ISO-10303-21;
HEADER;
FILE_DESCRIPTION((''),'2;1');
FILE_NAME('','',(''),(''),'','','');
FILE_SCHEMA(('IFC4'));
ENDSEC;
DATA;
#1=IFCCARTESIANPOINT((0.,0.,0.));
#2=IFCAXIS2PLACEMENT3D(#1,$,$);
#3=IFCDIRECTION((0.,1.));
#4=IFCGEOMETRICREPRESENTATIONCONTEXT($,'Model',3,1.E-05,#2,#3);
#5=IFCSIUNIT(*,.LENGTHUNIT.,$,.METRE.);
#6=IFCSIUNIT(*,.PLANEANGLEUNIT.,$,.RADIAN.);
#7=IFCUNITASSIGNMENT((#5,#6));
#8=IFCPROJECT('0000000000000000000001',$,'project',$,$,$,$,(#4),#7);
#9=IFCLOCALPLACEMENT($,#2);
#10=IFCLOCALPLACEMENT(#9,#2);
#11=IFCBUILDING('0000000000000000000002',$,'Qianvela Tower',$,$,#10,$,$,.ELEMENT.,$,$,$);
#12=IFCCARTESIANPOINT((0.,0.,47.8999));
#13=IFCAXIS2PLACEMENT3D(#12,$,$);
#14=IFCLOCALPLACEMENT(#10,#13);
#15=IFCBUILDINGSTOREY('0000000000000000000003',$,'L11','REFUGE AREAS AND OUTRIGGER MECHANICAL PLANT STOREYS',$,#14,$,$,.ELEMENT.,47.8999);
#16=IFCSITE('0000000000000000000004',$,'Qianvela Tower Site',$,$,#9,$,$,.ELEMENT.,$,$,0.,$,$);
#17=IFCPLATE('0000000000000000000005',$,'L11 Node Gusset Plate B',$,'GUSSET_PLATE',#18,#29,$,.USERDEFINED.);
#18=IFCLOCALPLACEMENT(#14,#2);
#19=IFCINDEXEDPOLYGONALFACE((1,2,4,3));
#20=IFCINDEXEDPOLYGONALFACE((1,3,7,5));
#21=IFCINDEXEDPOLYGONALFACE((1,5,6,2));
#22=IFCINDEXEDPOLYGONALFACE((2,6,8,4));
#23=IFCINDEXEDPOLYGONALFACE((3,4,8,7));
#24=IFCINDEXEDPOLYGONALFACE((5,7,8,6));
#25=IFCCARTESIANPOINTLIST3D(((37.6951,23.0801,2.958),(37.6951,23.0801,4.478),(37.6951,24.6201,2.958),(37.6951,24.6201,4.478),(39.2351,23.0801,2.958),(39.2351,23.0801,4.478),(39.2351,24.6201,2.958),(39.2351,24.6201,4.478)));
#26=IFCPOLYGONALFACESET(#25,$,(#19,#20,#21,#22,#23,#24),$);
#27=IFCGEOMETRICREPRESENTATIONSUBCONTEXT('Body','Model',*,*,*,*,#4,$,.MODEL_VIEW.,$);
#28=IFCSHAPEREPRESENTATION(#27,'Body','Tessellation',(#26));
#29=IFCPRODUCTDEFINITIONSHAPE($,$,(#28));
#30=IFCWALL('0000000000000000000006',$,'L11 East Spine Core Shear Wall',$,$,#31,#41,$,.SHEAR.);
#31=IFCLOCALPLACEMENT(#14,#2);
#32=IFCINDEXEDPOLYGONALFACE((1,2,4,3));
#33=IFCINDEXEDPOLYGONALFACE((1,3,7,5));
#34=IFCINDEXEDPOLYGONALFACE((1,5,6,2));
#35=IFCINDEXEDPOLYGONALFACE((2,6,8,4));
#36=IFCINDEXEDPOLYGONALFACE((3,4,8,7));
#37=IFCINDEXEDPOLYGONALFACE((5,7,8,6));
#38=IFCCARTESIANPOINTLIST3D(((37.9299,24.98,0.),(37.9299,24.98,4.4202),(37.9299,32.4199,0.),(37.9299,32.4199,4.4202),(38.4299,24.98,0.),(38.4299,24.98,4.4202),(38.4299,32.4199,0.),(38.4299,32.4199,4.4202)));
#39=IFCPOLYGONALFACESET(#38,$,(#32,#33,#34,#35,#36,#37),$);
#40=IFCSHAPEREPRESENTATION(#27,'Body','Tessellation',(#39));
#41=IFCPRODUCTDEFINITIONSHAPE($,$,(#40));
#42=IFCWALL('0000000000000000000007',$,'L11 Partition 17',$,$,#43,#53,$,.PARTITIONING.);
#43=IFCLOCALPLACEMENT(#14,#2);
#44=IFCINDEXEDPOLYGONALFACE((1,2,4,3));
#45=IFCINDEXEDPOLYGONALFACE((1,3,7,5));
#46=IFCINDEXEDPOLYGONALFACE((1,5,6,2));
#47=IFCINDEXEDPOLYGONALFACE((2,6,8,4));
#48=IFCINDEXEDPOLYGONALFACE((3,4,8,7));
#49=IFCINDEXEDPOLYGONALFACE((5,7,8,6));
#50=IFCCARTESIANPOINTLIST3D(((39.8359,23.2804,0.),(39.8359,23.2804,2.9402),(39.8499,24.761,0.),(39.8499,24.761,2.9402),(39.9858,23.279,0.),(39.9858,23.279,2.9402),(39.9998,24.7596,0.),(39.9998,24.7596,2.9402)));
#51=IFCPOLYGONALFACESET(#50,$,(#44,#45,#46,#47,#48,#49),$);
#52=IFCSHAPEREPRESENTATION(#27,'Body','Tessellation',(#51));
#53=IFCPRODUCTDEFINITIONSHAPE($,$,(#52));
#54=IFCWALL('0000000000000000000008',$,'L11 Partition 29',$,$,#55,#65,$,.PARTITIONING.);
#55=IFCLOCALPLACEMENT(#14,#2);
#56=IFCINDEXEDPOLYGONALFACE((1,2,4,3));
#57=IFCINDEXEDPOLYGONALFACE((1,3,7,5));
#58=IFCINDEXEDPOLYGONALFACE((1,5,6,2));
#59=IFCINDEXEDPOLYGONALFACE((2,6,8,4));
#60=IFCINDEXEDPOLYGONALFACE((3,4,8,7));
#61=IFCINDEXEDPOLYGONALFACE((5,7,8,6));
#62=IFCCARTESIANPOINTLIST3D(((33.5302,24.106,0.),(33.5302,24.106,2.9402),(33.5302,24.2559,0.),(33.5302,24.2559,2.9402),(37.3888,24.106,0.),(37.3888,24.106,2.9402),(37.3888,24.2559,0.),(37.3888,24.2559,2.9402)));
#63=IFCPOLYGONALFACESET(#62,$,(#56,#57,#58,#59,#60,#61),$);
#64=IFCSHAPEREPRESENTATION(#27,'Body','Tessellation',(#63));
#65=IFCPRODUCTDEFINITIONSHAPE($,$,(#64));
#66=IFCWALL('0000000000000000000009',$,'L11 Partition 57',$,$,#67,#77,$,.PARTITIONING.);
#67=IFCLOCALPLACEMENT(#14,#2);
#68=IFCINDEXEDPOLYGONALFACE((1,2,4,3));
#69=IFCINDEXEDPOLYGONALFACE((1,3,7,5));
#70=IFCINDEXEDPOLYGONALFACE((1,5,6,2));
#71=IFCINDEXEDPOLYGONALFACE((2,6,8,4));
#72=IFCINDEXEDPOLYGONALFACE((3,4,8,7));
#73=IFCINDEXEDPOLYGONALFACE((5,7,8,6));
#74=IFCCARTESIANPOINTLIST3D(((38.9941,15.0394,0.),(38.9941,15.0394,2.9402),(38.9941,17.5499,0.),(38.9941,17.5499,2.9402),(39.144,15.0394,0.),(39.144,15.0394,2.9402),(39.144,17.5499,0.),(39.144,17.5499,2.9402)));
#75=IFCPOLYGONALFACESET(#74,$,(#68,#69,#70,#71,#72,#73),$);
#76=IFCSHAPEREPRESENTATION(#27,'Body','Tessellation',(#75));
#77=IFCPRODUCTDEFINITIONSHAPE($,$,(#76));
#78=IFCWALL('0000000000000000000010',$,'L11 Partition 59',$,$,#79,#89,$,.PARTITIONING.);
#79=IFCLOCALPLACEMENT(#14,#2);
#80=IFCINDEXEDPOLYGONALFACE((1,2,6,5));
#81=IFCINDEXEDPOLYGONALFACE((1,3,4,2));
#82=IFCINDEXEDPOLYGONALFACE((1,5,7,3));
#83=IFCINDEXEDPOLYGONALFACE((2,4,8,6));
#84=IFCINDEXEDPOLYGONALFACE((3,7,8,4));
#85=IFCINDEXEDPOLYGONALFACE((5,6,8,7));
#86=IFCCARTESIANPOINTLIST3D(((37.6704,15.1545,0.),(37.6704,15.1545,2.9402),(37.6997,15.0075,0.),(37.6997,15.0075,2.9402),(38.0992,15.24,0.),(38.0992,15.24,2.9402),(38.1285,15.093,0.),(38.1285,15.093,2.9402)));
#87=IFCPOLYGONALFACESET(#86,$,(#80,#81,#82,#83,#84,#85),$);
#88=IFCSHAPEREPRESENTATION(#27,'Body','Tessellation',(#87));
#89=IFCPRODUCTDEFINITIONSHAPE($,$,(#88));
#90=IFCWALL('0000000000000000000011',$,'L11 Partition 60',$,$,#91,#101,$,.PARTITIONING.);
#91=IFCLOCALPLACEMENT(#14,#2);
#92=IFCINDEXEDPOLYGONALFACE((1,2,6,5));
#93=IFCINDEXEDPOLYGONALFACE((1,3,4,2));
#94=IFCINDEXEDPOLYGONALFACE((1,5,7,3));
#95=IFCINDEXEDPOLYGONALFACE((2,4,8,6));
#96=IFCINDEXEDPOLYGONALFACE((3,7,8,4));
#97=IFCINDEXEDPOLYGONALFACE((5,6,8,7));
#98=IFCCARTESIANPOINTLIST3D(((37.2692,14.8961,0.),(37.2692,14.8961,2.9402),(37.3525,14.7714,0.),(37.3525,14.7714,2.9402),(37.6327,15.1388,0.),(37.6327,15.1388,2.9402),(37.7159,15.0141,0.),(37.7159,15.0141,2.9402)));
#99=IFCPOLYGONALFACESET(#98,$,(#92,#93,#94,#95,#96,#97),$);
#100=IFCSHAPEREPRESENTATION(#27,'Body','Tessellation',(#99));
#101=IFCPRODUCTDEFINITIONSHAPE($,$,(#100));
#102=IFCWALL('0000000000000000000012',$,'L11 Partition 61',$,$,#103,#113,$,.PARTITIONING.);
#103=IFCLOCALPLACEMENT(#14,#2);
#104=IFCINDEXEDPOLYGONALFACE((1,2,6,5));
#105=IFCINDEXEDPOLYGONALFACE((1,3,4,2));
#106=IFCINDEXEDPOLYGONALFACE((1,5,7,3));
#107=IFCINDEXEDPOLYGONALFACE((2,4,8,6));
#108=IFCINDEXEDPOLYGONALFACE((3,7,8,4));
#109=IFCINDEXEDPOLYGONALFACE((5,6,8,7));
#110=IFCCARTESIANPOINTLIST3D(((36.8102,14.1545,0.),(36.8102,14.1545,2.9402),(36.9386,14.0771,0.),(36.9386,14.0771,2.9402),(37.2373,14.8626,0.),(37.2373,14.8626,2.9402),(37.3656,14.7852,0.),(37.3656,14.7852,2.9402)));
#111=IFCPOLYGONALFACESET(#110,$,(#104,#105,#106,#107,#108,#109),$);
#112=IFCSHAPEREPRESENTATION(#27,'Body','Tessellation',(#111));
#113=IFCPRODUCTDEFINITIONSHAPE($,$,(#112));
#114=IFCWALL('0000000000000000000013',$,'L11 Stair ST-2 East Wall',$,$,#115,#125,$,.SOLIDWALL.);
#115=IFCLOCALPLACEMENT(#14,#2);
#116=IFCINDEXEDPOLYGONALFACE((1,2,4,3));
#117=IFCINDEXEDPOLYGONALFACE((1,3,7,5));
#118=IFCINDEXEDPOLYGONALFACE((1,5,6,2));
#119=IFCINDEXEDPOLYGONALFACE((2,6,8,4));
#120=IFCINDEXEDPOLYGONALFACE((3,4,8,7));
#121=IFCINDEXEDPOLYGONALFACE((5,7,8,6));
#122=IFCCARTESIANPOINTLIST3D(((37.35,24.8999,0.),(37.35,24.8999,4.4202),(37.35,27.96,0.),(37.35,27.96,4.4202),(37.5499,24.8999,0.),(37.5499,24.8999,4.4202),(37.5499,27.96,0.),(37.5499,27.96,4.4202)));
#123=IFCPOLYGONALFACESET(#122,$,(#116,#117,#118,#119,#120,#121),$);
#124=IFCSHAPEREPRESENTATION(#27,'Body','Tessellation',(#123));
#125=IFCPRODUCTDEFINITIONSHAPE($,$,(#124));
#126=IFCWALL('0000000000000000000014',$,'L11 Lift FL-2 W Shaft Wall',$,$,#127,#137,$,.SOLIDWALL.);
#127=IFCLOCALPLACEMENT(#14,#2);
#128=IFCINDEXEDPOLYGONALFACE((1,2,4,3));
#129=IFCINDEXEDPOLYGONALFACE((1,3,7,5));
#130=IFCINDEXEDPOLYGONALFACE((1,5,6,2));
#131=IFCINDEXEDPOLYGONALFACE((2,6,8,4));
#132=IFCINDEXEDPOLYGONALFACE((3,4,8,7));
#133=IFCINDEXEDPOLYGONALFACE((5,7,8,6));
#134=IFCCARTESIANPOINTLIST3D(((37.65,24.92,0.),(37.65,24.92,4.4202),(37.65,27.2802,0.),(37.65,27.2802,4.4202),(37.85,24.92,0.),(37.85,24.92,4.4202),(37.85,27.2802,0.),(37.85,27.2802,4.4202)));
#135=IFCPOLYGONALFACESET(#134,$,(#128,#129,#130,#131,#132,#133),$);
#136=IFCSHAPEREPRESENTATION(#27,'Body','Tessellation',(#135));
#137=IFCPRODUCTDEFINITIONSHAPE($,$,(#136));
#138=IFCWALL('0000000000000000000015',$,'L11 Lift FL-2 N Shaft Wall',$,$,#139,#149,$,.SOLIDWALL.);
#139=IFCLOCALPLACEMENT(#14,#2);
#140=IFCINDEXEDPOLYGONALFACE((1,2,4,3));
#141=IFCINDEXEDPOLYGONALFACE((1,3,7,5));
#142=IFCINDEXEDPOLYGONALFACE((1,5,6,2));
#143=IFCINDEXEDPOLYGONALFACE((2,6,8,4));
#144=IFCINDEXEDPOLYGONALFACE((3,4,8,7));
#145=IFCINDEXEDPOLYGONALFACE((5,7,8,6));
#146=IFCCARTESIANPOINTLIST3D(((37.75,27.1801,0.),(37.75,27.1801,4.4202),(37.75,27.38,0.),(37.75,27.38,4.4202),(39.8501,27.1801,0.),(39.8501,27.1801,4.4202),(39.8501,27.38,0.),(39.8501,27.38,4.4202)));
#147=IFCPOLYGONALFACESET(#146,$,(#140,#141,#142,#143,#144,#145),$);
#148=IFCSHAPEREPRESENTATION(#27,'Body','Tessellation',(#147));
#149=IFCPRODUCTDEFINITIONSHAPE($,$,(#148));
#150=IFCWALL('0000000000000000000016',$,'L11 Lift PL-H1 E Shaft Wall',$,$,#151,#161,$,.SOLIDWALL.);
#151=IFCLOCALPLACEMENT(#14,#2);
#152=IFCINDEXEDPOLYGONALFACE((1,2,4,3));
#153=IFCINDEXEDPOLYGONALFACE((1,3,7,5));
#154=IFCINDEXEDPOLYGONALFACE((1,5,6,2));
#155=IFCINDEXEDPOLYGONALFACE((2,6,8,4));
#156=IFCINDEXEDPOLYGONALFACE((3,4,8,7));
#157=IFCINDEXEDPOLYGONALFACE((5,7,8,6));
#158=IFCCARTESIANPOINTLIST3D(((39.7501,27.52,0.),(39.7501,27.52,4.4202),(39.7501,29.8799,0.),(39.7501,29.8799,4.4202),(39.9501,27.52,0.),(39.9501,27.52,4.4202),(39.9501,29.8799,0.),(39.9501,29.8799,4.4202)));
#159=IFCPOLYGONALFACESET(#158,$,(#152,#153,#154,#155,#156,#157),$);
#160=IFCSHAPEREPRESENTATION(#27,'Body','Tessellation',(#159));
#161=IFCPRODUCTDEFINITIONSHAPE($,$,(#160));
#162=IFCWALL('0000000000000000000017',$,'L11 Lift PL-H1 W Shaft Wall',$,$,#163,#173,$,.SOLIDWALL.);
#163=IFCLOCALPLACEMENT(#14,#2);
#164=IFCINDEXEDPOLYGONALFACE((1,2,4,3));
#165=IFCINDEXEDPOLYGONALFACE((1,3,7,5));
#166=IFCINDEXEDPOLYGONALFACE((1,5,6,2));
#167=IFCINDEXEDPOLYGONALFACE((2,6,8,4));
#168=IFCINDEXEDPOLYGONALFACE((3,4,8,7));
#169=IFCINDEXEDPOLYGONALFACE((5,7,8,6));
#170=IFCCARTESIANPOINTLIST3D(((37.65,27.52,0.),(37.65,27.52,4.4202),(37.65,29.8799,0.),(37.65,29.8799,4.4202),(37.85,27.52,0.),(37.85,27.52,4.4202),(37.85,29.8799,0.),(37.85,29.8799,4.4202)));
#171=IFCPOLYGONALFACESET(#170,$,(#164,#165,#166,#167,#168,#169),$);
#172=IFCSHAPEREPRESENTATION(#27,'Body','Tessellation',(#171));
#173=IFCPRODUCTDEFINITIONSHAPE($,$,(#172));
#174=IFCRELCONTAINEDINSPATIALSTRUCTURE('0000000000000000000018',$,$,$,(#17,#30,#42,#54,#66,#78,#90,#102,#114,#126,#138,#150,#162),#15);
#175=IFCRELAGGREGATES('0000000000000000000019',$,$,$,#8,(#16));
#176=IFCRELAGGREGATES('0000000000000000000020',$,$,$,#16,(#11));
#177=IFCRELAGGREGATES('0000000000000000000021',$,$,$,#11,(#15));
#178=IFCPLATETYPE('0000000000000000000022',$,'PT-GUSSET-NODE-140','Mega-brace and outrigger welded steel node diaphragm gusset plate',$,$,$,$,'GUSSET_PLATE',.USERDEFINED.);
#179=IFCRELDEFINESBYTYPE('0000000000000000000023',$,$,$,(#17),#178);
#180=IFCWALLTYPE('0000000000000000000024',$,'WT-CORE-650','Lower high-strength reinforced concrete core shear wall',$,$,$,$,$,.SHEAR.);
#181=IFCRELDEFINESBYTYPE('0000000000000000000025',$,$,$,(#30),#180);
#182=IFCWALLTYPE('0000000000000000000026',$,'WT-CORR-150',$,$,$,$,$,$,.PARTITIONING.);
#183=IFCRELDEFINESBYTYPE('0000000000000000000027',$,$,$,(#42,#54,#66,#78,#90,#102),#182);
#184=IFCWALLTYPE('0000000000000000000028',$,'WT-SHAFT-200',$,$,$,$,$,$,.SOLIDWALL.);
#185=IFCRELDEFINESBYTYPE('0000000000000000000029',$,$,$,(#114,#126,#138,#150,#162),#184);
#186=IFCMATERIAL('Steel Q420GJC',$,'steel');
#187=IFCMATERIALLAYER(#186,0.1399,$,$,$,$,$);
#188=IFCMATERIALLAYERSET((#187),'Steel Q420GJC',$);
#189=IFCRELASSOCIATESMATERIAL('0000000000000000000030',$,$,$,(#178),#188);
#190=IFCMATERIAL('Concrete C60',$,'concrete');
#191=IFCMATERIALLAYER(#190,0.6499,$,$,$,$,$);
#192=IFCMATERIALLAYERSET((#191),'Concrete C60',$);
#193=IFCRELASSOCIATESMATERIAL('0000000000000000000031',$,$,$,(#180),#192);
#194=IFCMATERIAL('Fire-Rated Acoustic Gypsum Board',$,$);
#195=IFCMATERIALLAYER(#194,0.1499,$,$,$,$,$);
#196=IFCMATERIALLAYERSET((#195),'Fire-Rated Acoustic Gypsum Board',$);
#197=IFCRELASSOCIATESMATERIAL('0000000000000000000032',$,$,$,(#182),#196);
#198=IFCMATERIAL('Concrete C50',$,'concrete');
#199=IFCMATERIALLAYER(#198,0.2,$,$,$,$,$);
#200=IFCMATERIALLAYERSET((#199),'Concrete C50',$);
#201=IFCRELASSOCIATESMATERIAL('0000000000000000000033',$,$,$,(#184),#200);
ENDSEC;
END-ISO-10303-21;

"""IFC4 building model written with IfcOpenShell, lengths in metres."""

from ifc_helpers import new_model, si_unit, direction, frame, frame_2d, origin, origin_2d, place, context, subcontext, project, spatial, rectangle, extrude, material, layer, layer_set, type_object, element, save


model = new_model("IFC4")

# Units and contexts
model_context = context("Model", 3, precision=1e-05, world=origin(), true_north=direction((0.0, 1.0)))
body_context = subcontext(model_context, "Body", "Model", "MODEL_VIEW")
ifc_project = project(units=[si_unit("LENGTHUNIT", "METRE"), si_unit("PLANEANGLEUNIT", "RADIAN")], contexts=[model_context])

# Site, building, storey
site_placement = place(None, origin())
site = spatial("IfcSite", under=ifc_project, at=site_placement, Name="Qianvela Tower Site", CompositionType="ELEMENT", RefElevation=0.0)
building_placement = place(site_placement, origin())
building = spatial("IfcBuilding", under=site, at=building_placement, Name="Qianvela Tower", CompositionType="ELEMENT")
storey_placement = place(building_placement, frame((0.0, 0.0, 47.8999)))
storey = spatial("IfcBuildingStorey", under=building, at=storey_placement, Name="L11", Description="REFUGE AREAS AND OUTRIGGER MECHANICAL PLANT STOREYS", CompositionType="ELEMENT", Elevation=47.8999)

# Plate
ifc_material_1 = material(Name="Steel Q420GJC", Category="steel")
ifc_layer_1 = layer(ifc_material_1, 0.1399)
ifc_layer_set_1 = layer_set([ifc_layer_1], Name="Steel Q420GJC")
plate_type = type_object("IfcPlateType", Name="PT-GUSSET-NODE-140", Description="Mega-brace and outrigger welded steel node diaphragm gusset plate", ElementType="GUSSET_PLATE", PredefinedType="USERDEFINED", material=ifc_layer_set_1)
plate_placement = place(storey_placement, frame((38.4651, 23.8501, 2.958), z_axis=(0.0, 0.0, 1.0), x_axis=(1.0, 0.0, 0.0)))
element("IfcPlate", 1, at=plate_placement, inside=storey, type_object=plate_type, Name="L11 Node Gusset Plate B", ObjectType="GUSSET_PLATE", PredefinedType="USERDEFINED", context=body_context, shape_type="SweptSolid", body=[
    extrude(rectangle(XDim=1.54, YDim=1.54, at=origin_2d()), origin(), (0.0, 0.0, 1.0), 1.52),
])

# Walls
ifc_material_2 = material(Name="Concrete C60", Category="concrete")
ifc_layer_2 = layer(ifc_material_2, 0.6499)
ifc_layer_set_2 = layer_set([ifc_layer_2], Name="Concrete C60")
wall_type_1 = type_object("IfcWallType", Name="WT-CORE-650", Description="Lower high-strength reinforced concrete core shear wall", PredefinedType="SHEAR", material=ifc_layer_set_2)
wall_1_placement = place(storey_placement, frame((38.1799, 24.98, 0.0), z_axis=(0.0, 0.0, 1.0), x_axis=(0.0, 1.0, 0.0)))
element("IfcWall", 2, at=wall_1_placement, inside=storey, type_object=wall_type_1, Name="L11 East Spine Core Shear Wall", PredefinedType="SHEAR", context=body_context, shape_type="SweptSolid", body=[
    extrude(rectangle(XDim=7.4399, YDim=0.5, at=frame_2d((3.72, 0.0))), origin(), (0.0, 0.0, 1.0), 4.4202),
])
ifc_material_3 = material(Name="Fire-Rated Acoustic Gypsum Board")
ifc_layer_3 = layer(ifc_material_3, 0.1499)
ifc_layer_set_3 = layer_set([ifc_layer_3], Name="Fire-Rated Acoustic Gypsum Board")
wall_type_2 = type_object("IfcWallType", Name="WT-CORR-150", PredefinedType="PARTITIONING", material=ifc_layer_set_3)
wall_2_placement = place(storey_placement, frame((39.9109, 23.2798, 0.0), z_axis=(0.0, 0.0, 1.0), x_axis=(0.009398, 0.999956, 0.0)))
element("IfcWall", 3, at=wall_2_placement, inside=storey, type_object=wall_type_2, Name="L11 Partition 17", PredefinedType="PARTITIONING", context=body_context, shape_type="SweptSolid", body=[
    extrude(rectangle(XDim=1.4807, YDim=0.1499, at=frame_2d((0.7402, 0.0))), origin(), (0.0, 0.0, 1.0), 2.9402),
])
wall_3_placement = place(storey_placement, frame((37.3887, 24.1809, 0.0), z_axis=(0.0, 0.0, 1.0), x_axis=(-1.0, 0.0, 0.0)))
element("IfcWall", 4, at=wall_3_placement, inside=storey, type_object=wall_type_2, Name="L11 Partition 29", PredefinedType="PARTITIONING", context=body_context, shape_type="SweptSolid", body=[
    extrude(rectangle(XDim=3.8586, YDim=0.1499, at=frame_2d((1.9292, 0.0))), origin(), (0.0, 0.0, 1.0), 2.9402),
])
wall_4_placement = place(storey_placement, frame((39.0691, 17.55, 0.0), z_axis=(0.0, 0.0, 1.0), x_axis=(0.0, -1.0, 0.0)))
element("IfcWall", 5, at=wall_4_placement, inside=storey, type_object=wall_type_2, Name="L11 Partition 57", PredefinedType="PARTITIONING", context=body_context, shape_type="SweptSolid", body=[
    extrude(rectangle(XDim=2.5105, YDim=0.1499, at=frame_2d((1.2554, 0.0))), origin(), (0.0, 0.0, 1.0), 2.9402),
])
wall_5_placement = place(storey_placement, frame((38.114, 15.1665, 0.0), z_axis=(0.0, 0.0, 1.0), x_axis=(-0.980709, -0.195472, 0.0)))
element("IfcWall", 6, at=wall_5_placement, inside=storey, type_object=wall_type_2, Name="L11 Partition 59", PredefinedType="PARTITIONING", context=body_context, shape_type="SweptSolid", body=[
    extrude(rectangle(XDim=0.4373, YDim=0.1499, at=frame_2d((0.2188, 0.0))), origin(), (0.0, 0.0, 1.0), 2.9402),
])
wall_6_placement = place(storey_placement, frame((37.6743, 15.0764, 0.0), z_axis=(0.0, 0.0, 1.0), x_axis=(-0.831706, -0.555216, 0.0)))
element("IfcWall", 7, at=wall_6_placement, inside=storey, type_object=wall_type_2, Name="L11 Partition 60", PredefinedType="PARTITIONING", context=body_context, shape_type="SweptSolid", body=[
    extrude(rectangle(XDim=0.437, YDim=0.1499, at=frame_2d((0.2185, 0.0))), origin(), (0.0, 0.0, 1.0), 2.9402),
])
wall_7_placement = place(storey_placement, frame((37.3015, 14.824, 0.0), z_axis=(0.0, 0.0, 1.0), x_axis=(-0.516448, -0.856318, 0.0)))
element("IfcWall", 8, at=wall_7_placement, inside=storey, type_object=wall_type_2, Name="L11 Partition 61", PredefinedType="PARTITIONING", context=body_context, shape_type="SweptSolid", body=[
    extrude(rectangle(XDim=0.8269, YDim=0.1499, at=frame_2d((0.4136, 0.0))), origin(), (0.0, 0.0, 1.0), 2.9402),
])
ifc_material_4 = material(Name="Concrete C50", Category="concrete")
ifc_layer_4 = layer(ifc_material_4, 0.2)
ifc_layer_set_4 = layer_set([ifc_layer_4], Name="Concrete C50")
wall_type_3 = type_object("IfcWallType", Name="WT-SHAFT-200", PredefinedType="SOLIDWALL", material=ifc_layer_set_4)
wall_8_placement = place(storey_placement, frame((37.45, 24.8999, 0.0), z_axis=(0.0, 0.0, 1.0), x_axis=(0.0, 1.0, 0.0)))
element("IfcWall", 9, at=wall_8_placement, inside=storey, type_object=wall_type_3, Name="L11 Stair ST-2 East Wall", PredefinedType="SOLIDWALL", context=body_context, shape_type="SweptSolid", body=[
    extrude(rectangle(XDim=3.0601, YDim=0.2, at=frame_2d((1.53, 0.0))), origin(), (0.0, 0.0, 1.0), 4.4202),
])

# Walls
wall_9_placement = place(storey_placement, frame((37.75, 24.9199, 0.0), z_axis=(0.0, 0.0, 1.0), x_axis=(0.0, 1.0, 0.0)))
element("IfcWall", 10, at=wall_9_placement, inside=storey, type_object=wall_type_3, Name="L11 Lift FL-2 W Shaft Wall", PredefinedType="SOLIDWALL", context=body_context, shape_type="SweptSolid", body=[
    extrude(rectangle(XDim=2.3601, YDim=0.2, at=frame_2d((1.1802, 0.0))), origin(), (0.0, 0.0, 1.0), 4.4202),
])
wall_10_placement = place(storey_placement, frame((37.75, 27.28, 0.0), z_axis=(0.0, 0.0, 1.0), x_axis=(1.0, 0.0, 0.0)))
element("IfcWall", 11, at=wall_10_placement, inside=storey, type_object=wall_type_3, Name="L11 Lift FL-2 N Shaft Wall", PredefinedType="SOLIDWALL", context=body_context, shape_type="SweptSolid", body=[
    extrude(rectangle(XDim=2.1001, YDim=0.2, at=frame_2d((1.05, 0.0))), origin(), (0.0, 0.0, 1.0), 4.4202),
])
for number, where, z_axis, x_axis, name in (
    (12, (39.8501, 27.52, 0.0), (0.0, 0.0, 1.0), (0.0, 1.0, 0.0), "L11 Lift PL-H1 E Shaft Wall"),
    (13, (37.75, 27.52, 0.0), (0.0, 0.0, 1.0), (0.0, 1.0, 0.0), "L11 Lift PL-H1 W Shaft Wall"),
):
    element("IfcWall", number, at=place(storey_placement, frame(where, z_axis=z_axis, x_axis=x_axis)), inside=storey, type_object=wall_type_3, Name=name, PredefinedType="SOLIDWALL", context=body_context, shape_type="SweptSolid", body=[
        extrude(rectangle(XDim=2.3599, YDim=0.2, at=frame_2d((1.1799, 0.0))), origin(), (0.0, 0.0, 1.0), 4.4202),
    ])

save(model, "model.ifc")
